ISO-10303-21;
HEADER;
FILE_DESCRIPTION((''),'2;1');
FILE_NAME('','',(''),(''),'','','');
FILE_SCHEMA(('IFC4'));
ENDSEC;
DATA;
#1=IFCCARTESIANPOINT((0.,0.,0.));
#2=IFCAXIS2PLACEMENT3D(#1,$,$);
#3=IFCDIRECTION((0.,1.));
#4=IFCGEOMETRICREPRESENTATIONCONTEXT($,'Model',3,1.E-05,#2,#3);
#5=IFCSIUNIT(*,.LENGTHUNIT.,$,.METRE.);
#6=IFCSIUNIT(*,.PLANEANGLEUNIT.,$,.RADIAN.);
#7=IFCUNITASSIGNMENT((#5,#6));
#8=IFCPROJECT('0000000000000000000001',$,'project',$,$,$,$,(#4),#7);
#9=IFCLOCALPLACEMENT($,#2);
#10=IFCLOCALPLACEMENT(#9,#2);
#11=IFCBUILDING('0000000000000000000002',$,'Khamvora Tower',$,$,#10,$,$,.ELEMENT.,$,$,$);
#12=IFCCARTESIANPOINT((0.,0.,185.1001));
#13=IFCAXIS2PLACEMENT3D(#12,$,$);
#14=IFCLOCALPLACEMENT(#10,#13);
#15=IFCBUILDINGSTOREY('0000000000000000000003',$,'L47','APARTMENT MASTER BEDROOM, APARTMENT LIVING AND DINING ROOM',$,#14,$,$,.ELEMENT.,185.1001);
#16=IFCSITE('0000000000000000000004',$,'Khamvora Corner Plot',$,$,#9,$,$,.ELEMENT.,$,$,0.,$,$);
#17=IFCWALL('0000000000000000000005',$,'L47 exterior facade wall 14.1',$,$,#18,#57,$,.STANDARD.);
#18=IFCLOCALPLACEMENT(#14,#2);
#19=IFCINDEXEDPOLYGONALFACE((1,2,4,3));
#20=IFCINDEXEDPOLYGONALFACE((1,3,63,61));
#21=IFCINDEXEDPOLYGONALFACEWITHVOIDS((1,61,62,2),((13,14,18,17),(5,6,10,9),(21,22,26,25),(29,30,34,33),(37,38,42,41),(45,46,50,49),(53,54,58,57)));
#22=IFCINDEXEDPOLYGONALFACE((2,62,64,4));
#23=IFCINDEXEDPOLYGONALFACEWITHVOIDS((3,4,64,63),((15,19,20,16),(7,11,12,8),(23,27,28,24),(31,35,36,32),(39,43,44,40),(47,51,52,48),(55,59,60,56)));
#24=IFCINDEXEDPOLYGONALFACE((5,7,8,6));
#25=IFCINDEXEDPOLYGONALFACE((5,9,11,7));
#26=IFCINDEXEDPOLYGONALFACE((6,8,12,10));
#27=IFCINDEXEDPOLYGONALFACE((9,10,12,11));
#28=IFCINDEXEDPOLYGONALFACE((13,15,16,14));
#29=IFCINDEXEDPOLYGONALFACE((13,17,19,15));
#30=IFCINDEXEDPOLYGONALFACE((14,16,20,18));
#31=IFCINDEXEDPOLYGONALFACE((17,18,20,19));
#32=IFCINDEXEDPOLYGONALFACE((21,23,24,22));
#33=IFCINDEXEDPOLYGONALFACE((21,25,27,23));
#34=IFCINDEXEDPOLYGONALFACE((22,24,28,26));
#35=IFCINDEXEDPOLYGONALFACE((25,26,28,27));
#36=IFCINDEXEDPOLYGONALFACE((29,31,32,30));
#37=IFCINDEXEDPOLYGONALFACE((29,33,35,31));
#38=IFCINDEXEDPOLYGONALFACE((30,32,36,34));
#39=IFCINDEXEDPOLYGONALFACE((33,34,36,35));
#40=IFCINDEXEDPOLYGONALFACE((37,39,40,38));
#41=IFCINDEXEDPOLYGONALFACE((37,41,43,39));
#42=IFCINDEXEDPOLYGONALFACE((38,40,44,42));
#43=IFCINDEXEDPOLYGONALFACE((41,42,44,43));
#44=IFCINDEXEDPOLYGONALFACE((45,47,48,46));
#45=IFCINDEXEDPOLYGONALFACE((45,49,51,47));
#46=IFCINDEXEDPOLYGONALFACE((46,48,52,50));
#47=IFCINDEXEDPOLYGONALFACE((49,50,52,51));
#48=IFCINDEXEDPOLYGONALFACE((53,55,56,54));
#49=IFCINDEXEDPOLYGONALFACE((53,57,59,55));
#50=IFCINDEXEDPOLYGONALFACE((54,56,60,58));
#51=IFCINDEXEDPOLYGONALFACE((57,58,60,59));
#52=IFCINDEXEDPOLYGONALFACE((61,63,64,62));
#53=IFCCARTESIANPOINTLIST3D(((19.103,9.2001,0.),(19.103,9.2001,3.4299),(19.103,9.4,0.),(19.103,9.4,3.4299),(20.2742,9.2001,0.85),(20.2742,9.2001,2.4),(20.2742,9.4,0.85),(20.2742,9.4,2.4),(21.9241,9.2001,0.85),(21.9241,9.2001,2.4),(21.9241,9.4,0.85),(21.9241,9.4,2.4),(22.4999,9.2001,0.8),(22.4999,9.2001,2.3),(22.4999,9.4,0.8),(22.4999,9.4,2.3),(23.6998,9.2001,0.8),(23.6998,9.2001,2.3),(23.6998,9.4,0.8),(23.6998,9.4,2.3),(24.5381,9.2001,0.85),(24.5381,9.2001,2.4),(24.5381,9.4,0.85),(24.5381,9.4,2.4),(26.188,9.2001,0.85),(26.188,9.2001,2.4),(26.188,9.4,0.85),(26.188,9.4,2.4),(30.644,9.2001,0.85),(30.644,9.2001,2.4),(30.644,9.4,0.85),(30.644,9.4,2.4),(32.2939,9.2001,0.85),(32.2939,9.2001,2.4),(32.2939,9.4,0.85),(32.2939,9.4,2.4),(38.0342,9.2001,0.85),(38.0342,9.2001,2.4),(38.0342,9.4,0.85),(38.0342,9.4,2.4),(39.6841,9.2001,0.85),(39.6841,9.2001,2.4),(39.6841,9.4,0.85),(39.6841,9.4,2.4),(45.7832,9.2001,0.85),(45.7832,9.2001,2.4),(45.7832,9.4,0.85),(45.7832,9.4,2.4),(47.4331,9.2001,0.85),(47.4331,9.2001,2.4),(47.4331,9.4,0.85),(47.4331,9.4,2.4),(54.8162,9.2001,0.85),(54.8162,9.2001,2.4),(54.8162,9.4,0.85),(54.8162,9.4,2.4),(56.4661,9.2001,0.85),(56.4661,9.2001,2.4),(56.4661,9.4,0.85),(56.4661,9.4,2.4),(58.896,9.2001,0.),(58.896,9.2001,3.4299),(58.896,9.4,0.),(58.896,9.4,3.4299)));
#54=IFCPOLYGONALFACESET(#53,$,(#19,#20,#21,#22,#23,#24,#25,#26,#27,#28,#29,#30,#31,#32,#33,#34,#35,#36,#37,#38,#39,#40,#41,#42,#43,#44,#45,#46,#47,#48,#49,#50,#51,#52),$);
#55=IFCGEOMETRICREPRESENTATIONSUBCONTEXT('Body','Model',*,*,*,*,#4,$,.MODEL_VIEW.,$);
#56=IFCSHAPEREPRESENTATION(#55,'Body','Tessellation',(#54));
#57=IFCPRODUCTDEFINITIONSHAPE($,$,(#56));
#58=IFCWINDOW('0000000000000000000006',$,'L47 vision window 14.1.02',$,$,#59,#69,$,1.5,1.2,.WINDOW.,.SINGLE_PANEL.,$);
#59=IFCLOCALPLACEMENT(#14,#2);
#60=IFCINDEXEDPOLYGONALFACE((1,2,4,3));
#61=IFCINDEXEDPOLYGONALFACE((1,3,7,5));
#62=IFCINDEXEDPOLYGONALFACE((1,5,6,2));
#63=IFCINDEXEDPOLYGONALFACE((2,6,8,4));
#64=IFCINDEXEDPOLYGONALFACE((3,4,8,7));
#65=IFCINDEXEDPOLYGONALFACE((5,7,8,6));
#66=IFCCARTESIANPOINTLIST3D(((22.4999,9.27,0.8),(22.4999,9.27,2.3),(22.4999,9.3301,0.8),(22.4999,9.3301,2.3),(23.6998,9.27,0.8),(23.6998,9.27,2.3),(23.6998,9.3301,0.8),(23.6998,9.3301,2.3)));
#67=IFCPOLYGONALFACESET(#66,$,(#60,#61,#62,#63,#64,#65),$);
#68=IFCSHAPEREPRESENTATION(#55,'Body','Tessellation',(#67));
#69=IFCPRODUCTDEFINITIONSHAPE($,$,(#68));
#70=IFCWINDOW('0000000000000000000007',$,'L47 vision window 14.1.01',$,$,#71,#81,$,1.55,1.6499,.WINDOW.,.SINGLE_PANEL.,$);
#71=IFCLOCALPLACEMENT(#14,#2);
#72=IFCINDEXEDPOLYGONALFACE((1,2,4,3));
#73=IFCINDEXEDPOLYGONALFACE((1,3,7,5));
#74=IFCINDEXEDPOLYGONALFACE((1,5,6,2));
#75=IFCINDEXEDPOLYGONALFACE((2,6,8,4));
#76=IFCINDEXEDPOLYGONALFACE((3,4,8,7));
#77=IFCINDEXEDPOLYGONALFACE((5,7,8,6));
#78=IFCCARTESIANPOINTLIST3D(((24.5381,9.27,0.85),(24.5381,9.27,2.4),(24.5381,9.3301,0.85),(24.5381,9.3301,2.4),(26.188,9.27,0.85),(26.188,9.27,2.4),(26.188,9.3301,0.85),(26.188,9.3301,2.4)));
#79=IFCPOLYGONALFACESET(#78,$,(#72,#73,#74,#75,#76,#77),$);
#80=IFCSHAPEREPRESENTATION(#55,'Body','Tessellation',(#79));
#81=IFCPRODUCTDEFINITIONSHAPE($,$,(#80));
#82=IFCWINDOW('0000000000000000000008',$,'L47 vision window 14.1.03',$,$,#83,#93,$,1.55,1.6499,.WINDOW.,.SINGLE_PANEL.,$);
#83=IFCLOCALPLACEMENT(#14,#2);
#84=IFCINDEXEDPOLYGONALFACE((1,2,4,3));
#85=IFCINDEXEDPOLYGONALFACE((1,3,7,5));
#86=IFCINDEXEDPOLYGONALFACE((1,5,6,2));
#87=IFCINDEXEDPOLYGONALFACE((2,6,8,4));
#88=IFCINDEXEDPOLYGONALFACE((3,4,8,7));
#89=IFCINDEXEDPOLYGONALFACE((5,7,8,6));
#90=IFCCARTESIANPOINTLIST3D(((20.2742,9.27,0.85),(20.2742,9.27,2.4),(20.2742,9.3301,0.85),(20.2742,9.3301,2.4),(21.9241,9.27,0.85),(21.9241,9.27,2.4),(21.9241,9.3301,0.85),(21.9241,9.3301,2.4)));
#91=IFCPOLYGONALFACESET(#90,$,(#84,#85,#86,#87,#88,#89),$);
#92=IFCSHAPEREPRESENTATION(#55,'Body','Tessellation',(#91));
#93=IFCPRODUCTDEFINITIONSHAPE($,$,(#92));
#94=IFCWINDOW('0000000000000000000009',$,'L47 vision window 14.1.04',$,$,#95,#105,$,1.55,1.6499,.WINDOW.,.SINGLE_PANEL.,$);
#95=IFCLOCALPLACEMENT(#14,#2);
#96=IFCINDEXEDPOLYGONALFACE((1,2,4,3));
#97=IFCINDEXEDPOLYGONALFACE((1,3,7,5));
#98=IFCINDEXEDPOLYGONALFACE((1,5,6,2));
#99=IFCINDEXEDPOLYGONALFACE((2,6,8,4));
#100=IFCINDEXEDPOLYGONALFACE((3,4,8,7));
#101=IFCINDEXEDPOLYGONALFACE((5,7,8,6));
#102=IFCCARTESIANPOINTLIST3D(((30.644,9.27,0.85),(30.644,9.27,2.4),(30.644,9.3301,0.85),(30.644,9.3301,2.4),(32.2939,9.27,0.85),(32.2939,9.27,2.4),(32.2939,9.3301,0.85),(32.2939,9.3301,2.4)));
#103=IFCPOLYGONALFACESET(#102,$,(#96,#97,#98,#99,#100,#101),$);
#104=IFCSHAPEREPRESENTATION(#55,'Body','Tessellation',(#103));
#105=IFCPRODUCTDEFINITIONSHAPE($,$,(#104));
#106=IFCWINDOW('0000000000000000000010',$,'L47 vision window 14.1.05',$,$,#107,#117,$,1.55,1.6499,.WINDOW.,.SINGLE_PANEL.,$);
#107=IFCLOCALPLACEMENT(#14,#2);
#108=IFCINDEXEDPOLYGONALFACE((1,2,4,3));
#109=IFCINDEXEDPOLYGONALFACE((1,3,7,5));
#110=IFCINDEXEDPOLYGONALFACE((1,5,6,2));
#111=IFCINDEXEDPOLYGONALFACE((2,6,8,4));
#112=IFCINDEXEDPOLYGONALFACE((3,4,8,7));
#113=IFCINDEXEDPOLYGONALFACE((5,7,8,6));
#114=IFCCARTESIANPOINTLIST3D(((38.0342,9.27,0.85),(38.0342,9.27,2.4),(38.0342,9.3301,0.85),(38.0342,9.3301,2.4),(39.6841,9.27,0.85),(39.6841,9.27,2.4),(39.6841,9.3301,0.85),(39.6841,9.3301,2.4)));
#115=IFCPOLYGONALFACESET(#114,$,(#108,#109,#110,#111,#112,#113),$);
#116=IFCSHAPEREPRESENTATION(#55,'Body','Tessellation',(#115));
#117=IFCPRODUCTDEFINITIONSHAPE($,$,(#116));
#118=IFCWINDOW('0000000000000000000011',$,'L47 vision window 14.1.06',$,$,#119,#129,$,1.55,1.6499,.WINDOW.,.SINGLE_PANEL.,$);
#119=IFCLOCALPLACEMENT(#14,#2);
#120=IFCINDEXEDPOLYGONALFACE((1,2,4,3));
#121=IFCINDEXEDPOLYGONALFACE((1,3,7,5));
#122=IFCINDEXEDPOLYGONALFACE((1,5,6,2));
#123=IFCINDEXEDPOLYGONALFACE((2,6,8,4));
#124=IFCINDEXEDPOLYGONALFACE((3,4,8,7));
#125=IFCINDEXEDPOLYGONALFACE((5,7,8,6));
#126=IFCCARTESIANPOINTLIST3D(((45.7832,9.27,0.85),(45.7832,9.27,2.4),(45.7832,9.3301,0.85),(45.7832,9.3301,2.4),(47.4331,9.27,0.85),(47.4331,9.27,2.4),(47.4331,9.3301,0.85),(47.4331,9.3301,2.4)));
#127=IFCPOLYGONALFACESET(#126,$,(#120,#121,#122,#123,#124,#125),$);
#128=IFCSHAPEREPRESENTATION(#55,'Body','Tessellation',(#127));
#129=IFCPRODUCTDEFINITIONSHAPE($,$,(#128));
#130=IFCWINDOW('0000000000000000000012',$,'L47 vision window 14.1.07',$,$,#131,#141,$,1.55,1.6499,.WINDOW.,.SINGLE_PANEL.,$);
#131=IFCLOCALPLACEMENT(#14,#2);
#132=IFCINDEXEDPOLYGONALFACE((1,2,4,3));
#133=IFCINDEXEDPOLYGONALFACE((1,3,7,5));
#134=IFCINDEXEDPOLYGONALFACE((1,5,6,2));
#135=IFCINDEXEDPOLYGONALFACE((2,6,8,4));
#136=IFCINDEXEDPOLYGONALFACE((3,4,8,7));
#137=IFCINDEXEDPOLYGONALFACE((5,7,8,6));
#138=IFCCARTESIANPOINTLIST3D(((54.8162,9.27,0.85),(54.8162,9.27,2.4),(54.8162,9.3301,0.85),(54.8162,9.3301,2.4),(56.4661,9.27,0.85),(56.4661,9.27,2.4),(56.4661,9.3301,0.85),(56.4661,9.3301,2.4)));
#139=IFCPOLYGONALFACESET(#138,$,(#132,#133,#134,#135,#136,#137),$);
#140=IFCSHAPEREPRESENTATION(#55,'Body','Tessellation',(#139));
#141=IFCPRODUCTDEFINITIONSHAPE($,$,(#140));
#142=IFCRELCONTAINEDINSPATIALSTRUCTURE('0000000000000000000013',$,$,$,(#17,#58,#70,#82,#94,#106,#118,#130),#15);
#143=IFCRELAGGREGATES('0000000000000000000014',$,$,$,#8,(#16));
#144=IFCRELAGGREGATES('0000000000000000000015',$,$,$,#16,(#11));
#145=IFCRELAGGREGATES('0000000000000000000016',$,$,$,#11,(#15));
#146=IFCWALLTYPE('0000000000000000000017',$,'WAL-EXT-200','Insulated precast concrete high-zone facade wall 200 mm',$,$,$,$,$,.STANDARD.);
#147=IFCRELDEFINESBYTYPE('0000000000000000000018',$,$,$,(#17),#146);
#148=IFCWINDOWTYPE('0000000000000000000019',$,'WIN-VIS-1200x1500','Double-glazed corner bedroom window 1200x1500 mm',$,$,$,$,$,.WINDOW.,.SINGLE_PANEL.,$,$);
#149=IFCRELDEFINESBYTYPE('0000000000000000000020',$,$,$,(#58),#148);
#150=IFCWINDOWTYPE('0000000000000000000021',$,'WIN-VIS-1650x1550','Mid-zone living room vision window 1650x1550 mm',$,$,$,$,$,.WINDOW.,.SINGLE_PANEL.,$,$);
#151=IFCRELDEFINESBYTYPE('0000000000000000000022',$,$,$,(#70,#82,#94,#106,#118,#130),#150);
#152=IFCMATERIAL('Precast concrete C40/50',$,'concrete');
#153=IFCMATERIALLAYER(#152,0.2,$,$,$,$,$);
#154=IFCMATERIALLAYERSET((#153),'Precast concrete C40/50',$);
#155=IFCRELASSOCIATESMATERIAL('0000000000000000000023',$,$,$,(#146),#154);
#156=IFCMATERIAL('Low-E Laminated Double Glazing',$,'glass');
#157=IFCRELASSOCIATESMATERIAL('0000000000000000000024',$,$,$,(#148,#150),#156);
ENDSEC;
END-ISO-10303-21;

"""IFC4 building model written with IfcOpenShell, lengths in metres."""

from ifc_helpers import new_model, si_unit, direction, frame, frame_2d, origin, place, context, subcontext, project, spatial, rectangle, extrude, material, layer, layer_set, type_object, element, fill, save


model = new_model("IFC4")

# Units and contexts
model_context = context("Model", 3, precision=1e-05, world=origin(), true_north=direction((0.0, 1.0)))
body_context = subcontext(model_context, "Body", "Model", "MODEL_VIEW")
ifc_project = project(units=[si_unit("LENGTHUNIT", "METRE"), si_unit("PLANEANGLEUNIT", "RADIAN")], contexts=[model_context])

# Site, building, storey
site_placement = place(None, origin())
site = spatial("IfcSite", under=ifc_project, at=site_placement, Name="Khamvora Corner Plot", CompositionType="ELEMENT", RefElevation=0.0)
building_placement = place(site_placement, origin())
building = spatial("IfcBuilding", under=site, at=building_placement, Name="Khamvora Tower", CompositionType="ELEMENT")
storey_placement = place(building_placement, frame((0.0, 0.0, 185.1001)))
storey = spatial("IfcBuildingStorey", under=building, at=storey_placement, Name="L47", Description="APARTMENT MASTER BEDROOM, APARTMENT LIVING AND DINING ROOM", CompositionType="ELEMENT", Elevation=185.1001)

# Shared definitions
ifc_material_1 = material(Name="Precast concrete C40/50", Category="concrete")
ifc_layer_1 = layer(ifc_material_1, 0.2)
ifc_layer_set_1 = layer_set([ifc_layer_1], Name="Precast concrete C40/50")
wall_type_1 = type_object("IfcWallType", Name="WAL-EXT-200", Description="Insulated precast concrete high-zone facade wall 200 mm", PredefinedType="STANDARD", material=ifc_layer_set_1)

# Wall, openings, windows
wall_1_placement = place(storey_placement, frame((58.896, 9.3, 0.0), z_axis=(0.0, 0.0, 1.0), x_axis=(-1.0, 0.0, 0.0)))
wall_1 = element("IfcWall", 1, at=wall_1_placement, inside=storey, type_object=wall_type_1, Name="L47 exterior facade wall 14.1", PredefinedType="STANDARD", context=body_context, shape_type="SweptSolid", body=[
    extrude(rectangle(XDim=39.793, YDim=0.2, at=frame_2d((19.8965, 0.0))), origin(), (0.0, 0.0, 1.0), 3.4299),
])
opening_1_placement = place(wall_1_placement, frame((32.708, 0.0, 0.8501)))
opening_1 = element("IfcOpeningElement", 2, at=opening_1_placement, cuts=wall_1, PredefinedType="OPENING", context=body_context, shape_type="SweptSolid", body=[
    extrude(rectangle(XDim=1.6499, YDim=1.55, at=frame_2d((0.825, 0.7749))), frame((0.0, 0.1099, 0.0), z_axis=(0.0, -1.0, 0.0), x_axis=(1.0, 0.0, 0.0)), (0.0, 0.0, 1.0), 0.22),
])
opening_2_placement = place(wall_1_placement, frame((35.196, 0.0, 0.8)))
opening_2 = element("IfcOpeningElement", 3, at=opening_2_placement, cuts=wall_1, PredefinedType="OPENING", context=body_context, shape_type="SweptSolid", body=[
    extrude(rectangle(XDim=1.2, YDim=1.5, at=frame_2d((0.6001, 0.75))), frame((0.0, 0.1099, 0.0), z_axis=(0.0, -1.0, 0.0), x_axis=(1.0, 0.0, 0.0)), (0.0, 0.0, 1.0), 0.22),
])
opening_3_placement = place(wall_1_placement, frame((36.9719, 0.0, 0.8501)))
opening_3 = element("IfcOpeningElement", 4, at=opening_3_placement, cuts=wall_1, PredefinedType="OPENING", context=body_context, shape_type="SweptSolid", body=[
    extrude(rectangle(XDim=1.6499, YDim=1.55, at=frame_2d((0.825, 0.7749))), frame((0.0, 0.1099, 0.0), z_axis=(0.0, -1.0, 0.0), x_axis=(1.0, 0.0, 0.0)), (0.0, 0.0, 1.0), 0.22),
])
opening_4_placement = place(wall_1_placement, frame((26.6021, 0.0, 0.8501)))
opening_4 = element("IfcOpeningElement", 5, at=opening_4_placement, cuts=wall_1, PredefinedType="OPENING", context=body_context, shape_type="SweptSolid", body=[
    extrude(rectangle(XDim=1.6499, YDim=1.55, at=frame_2d((0.825, 0.7749))), frame((0.0, 0.1099, 0.0), z_axis=(0.0, -1.0, 0.0), x_axis=(1.0, 0.0, 0.0)), (0.0, 0.0, 1.0), 0.22),
])
opening_5_placement = place(wall_1_placement, frame((19.2119, 0.0, 0.8501)))
opening_5 = element("IfcOpeningElement", 6, at=opening_5_placement, cuts=wall_1, PredefinedType="OPENING", context=body_context, shape_type="SweptSolid", body=[
    extrude(rectangle(XDim=1.6499, YDim=1.55, at=frame_2d((0.825, 0.7749))), frame((0.0, 0.1099, 0.0), z_axis=(0.0, -1.0, 0.0), x_axis=(1.0, 0.0, 0.0)), (0.0, 0.0, 1.0), 0.22),
])
opening_6_placement = place(wall_1_placement, frame((11.4629, 0.0, 0.8501)))
opening_6 = element("IfcOpeningElement", 7, at=opening_6_placement, cuts=wall_1, PredefinedType="OPENING", context=body_context, shape_type="SweptSolid", body=[
    extrude(rectangle(XDim=1.6499, YDim=1.55, at=frame_2d((0.825, 0.7749))), frame((0.0, 0.1099, 0.0), z_axis=(0.0, -1.0, 0.0), x_axis=(1.0, 0.0, 0.0)), (0.0, 0.0, 1.0), 0.22),
])
opening_7_placement = place(wall_1_placement, frame((2.4299, 0.0, 0.8501)))
opening_7 = element("IfcOpeningElement", 8, at=opening_7_placement, cuts=wall_1, PredefinedType="OPENING", context=body_context, shape_type="SweptSolid", body=[
    extrude(rectangle(XDim=1.6499, YDim=1.55, at=frame_2d((0.825, 0.7749))), frame((0.0, 0.1099, 0.0), z_axis=(0.0, -1.0, 0.0), x_axis=(1.0, 0.0, 0.0)), (0.0, 0.0, 1.0), 0.22),
])
ifc_material_2 = material(Name="Low-E Laminated Double Glazing", Category="glass")
window_type_1 = type_object("IfcWindowType", Name="WIN-VIS-1200x1500", Description="Double-glazed corner bedroom window 1200x1500 mm", PartitioningType="SINGLE_PANEL", PredefinedType="WINDOW", material=ifc_material_2)
window_1_placement = place(opening_2_placement, origin())
window_1 = element("IfcWindow", 9, at=window_1_placement, inside=storey, type_object=window_type_1, Name="L47 vision window 14.1.02", OverallHeight=1.5, OverallWidth=1.2, PartitioningType="SINGLE_PANEL", PredefinedType="WINDOW", context=body_context, shape_type="SweptSolid", body=[
    extrude(rectangle(XDim=1.2, YDim=1.5, at=frame_2d((0.6001, 0.75))), frame((0.0, 0.03, 0.0), z_axis=(0.0, -1.0, 0.0), x_axis=(1.0, 0.0, 0.0)), (0.0, 0.0, 1.0), 0.0601),
])
fill(opening_2, window_1)
window_type_2 = type_object("IfcWindowType", Name="WIN-VIS-1650x1550", Description="Mid-zone living room vision window 1650x1550 mm", PartitioningType="SINGLE_PANEL", PredefinedType="WINDOW", material=ifc_material_2)
window_2_placement = place(opening_1_placement, origin())
window_2 = element("IfcWindow", 10, at=window_2_placement, inside=storey, type_object=window_type_2, Name="L47 vision window 14.1.01", OverallHeight=1.55, OverallWidth=1.6499, PartitioningType="SINGLE_PANEL", PredefinedType="WINDOW", context=body_context, shape_type="SweptSolid", body=[
    extrude(rectangle(XDim=1.6499, YDim=1.55, at=frame_2d((0.825, 0.7749))), frame((0.0, 0.03, 0.0), z_axis=(0.0, -1.0, 0.0), x_axis=(1.0, 0.0, 0.0)), (0.0, 0.0, 1.0), 0.0601),
])
fill(opening_1, window_2)
window_3_placement = place(opening_3_placement, origin())
window_3 = element("IfcWindow", 11, at=window_3_placement, inside=storey, type_object=window_type_2, Name="L47 vision window 14.1.03", OverallHeight=1.55, OverallWidth=1.6499, PartitioningType="SINGLE_PANEL", PredefinedType="WINDOW", context=body_context, shape_type="SweptSolid", body=[
    extrude(rectangle(XDim=1.6499, YDim=1.55, at=frame_2d((0.825, 0.7749))), frame((0.0, 0.03, 0.0), z_axis=(0.0, -1.0, 0.0), x_axis=(1.0, 0.0, 0.0)), (0.0, 0.0, 1.0), 0.0601),
])
fill(opening_3, window_3)
window_4_placement = place(opening_4_placement, origin())
window_4 = element("IfcWindow", 12, at=window_4_placement, inside=storey, type_object=window_type_2, Name="L47 vision window 14.1.04", OverallHeight=1.55, OverallWidth=1.6499, PartitioningType="SINGLE_PANEL", PredefinedType="WINDOW", context=body_context, shape_type="SweptSolid", body=[
    extrude(rectangle(XDim=1.6499, YDim=1.55, at=frame_2d((0.825, 0.7749))), frame((0.0, 0.03, 0.0), z_axis=(0.0, -1.0, 0.0), x_axis=(1.0, 0.0, 0.0)), (0.0, 0.0, 1.0), 0.0601),
])
fill(opening_4, window_4)
window_5_placement = place(opening_5_placement, origin())
window_5 = element("IfcWindow", 13, at=window_5_placement, inside=storey, type_object=window_type_2, Name="L47 vision window 14.1.05", OverallHeight=1.55, OverallWidth=1.6499, PartitioningType="SINGLE_PANEL", PredefinedType="WINDOW", context=body_context, shape_type="SweptSolid", body=[
    extrude(rectangle(XDim=1.6499, YDim=1.55, at=frame_2d((0.825, 0.7749))), frame((0.0, 0.03, 0.0), z_axis=(0.0, -1.0, 0.0), x_axis=(1.0, 0.0, 0.0)), (0.0, 0.0, 1.0), 0.0601),
])
fill(opening_5, window_5)
window_6_placement = place(opening_6_placement, origin())
window_6 = element("IfcWindow", 14, at=window_6_placement, inside=storey, type_object=window_type_2, Name="L47 vision window 14.1.06", OverallHeight=1.55, OverallWidth=1.6499, PartitioningType="SINGLE_PANEL", PredefinedType="WINDOW", context=body_context, shape_type="SweptSolid", body=[
    extrude(rectangle(XDim=1.6499, YDim=1.55, at=frame_2d((0.825, 0.7749))), frame((0.0, 0.03, 0.0), z_axis=(0.0, -1.0, 0.0), x_axis=(1.0, 0.0, 0.0)), (0.0, 0.0, 1.0), 0.0601),
])
fill(opening_6, window_6)
window_7_placement = place(opening_7_placement, origin())
window_7 = element("IfcWindow", 15, at=window_7_placement, inside=storey, type_object=window_type_2, Name="L47 vision window 14.1.07", OverallHeight=1.55, OverallWidth=1.6499, PartitioningType="SINGLE_PANEL", PredefinedType="WINDOW", context=body_context, shape_type="SweptSolid", body=[
    extrude(rectangle(XDim=1.6499, YDim=1.55, at=frame_2d((0.825, 0.7749))), frame((0.0, 0.03, 0.0), z_axis=(0.0, -1.0, 0.0), x_axis=(1.0, 0.0, 0.0)), (0.0, 0.0, 1.0), 0.0601),
])
fill(opening_7, window_7)

save(model, "model.ifc")
